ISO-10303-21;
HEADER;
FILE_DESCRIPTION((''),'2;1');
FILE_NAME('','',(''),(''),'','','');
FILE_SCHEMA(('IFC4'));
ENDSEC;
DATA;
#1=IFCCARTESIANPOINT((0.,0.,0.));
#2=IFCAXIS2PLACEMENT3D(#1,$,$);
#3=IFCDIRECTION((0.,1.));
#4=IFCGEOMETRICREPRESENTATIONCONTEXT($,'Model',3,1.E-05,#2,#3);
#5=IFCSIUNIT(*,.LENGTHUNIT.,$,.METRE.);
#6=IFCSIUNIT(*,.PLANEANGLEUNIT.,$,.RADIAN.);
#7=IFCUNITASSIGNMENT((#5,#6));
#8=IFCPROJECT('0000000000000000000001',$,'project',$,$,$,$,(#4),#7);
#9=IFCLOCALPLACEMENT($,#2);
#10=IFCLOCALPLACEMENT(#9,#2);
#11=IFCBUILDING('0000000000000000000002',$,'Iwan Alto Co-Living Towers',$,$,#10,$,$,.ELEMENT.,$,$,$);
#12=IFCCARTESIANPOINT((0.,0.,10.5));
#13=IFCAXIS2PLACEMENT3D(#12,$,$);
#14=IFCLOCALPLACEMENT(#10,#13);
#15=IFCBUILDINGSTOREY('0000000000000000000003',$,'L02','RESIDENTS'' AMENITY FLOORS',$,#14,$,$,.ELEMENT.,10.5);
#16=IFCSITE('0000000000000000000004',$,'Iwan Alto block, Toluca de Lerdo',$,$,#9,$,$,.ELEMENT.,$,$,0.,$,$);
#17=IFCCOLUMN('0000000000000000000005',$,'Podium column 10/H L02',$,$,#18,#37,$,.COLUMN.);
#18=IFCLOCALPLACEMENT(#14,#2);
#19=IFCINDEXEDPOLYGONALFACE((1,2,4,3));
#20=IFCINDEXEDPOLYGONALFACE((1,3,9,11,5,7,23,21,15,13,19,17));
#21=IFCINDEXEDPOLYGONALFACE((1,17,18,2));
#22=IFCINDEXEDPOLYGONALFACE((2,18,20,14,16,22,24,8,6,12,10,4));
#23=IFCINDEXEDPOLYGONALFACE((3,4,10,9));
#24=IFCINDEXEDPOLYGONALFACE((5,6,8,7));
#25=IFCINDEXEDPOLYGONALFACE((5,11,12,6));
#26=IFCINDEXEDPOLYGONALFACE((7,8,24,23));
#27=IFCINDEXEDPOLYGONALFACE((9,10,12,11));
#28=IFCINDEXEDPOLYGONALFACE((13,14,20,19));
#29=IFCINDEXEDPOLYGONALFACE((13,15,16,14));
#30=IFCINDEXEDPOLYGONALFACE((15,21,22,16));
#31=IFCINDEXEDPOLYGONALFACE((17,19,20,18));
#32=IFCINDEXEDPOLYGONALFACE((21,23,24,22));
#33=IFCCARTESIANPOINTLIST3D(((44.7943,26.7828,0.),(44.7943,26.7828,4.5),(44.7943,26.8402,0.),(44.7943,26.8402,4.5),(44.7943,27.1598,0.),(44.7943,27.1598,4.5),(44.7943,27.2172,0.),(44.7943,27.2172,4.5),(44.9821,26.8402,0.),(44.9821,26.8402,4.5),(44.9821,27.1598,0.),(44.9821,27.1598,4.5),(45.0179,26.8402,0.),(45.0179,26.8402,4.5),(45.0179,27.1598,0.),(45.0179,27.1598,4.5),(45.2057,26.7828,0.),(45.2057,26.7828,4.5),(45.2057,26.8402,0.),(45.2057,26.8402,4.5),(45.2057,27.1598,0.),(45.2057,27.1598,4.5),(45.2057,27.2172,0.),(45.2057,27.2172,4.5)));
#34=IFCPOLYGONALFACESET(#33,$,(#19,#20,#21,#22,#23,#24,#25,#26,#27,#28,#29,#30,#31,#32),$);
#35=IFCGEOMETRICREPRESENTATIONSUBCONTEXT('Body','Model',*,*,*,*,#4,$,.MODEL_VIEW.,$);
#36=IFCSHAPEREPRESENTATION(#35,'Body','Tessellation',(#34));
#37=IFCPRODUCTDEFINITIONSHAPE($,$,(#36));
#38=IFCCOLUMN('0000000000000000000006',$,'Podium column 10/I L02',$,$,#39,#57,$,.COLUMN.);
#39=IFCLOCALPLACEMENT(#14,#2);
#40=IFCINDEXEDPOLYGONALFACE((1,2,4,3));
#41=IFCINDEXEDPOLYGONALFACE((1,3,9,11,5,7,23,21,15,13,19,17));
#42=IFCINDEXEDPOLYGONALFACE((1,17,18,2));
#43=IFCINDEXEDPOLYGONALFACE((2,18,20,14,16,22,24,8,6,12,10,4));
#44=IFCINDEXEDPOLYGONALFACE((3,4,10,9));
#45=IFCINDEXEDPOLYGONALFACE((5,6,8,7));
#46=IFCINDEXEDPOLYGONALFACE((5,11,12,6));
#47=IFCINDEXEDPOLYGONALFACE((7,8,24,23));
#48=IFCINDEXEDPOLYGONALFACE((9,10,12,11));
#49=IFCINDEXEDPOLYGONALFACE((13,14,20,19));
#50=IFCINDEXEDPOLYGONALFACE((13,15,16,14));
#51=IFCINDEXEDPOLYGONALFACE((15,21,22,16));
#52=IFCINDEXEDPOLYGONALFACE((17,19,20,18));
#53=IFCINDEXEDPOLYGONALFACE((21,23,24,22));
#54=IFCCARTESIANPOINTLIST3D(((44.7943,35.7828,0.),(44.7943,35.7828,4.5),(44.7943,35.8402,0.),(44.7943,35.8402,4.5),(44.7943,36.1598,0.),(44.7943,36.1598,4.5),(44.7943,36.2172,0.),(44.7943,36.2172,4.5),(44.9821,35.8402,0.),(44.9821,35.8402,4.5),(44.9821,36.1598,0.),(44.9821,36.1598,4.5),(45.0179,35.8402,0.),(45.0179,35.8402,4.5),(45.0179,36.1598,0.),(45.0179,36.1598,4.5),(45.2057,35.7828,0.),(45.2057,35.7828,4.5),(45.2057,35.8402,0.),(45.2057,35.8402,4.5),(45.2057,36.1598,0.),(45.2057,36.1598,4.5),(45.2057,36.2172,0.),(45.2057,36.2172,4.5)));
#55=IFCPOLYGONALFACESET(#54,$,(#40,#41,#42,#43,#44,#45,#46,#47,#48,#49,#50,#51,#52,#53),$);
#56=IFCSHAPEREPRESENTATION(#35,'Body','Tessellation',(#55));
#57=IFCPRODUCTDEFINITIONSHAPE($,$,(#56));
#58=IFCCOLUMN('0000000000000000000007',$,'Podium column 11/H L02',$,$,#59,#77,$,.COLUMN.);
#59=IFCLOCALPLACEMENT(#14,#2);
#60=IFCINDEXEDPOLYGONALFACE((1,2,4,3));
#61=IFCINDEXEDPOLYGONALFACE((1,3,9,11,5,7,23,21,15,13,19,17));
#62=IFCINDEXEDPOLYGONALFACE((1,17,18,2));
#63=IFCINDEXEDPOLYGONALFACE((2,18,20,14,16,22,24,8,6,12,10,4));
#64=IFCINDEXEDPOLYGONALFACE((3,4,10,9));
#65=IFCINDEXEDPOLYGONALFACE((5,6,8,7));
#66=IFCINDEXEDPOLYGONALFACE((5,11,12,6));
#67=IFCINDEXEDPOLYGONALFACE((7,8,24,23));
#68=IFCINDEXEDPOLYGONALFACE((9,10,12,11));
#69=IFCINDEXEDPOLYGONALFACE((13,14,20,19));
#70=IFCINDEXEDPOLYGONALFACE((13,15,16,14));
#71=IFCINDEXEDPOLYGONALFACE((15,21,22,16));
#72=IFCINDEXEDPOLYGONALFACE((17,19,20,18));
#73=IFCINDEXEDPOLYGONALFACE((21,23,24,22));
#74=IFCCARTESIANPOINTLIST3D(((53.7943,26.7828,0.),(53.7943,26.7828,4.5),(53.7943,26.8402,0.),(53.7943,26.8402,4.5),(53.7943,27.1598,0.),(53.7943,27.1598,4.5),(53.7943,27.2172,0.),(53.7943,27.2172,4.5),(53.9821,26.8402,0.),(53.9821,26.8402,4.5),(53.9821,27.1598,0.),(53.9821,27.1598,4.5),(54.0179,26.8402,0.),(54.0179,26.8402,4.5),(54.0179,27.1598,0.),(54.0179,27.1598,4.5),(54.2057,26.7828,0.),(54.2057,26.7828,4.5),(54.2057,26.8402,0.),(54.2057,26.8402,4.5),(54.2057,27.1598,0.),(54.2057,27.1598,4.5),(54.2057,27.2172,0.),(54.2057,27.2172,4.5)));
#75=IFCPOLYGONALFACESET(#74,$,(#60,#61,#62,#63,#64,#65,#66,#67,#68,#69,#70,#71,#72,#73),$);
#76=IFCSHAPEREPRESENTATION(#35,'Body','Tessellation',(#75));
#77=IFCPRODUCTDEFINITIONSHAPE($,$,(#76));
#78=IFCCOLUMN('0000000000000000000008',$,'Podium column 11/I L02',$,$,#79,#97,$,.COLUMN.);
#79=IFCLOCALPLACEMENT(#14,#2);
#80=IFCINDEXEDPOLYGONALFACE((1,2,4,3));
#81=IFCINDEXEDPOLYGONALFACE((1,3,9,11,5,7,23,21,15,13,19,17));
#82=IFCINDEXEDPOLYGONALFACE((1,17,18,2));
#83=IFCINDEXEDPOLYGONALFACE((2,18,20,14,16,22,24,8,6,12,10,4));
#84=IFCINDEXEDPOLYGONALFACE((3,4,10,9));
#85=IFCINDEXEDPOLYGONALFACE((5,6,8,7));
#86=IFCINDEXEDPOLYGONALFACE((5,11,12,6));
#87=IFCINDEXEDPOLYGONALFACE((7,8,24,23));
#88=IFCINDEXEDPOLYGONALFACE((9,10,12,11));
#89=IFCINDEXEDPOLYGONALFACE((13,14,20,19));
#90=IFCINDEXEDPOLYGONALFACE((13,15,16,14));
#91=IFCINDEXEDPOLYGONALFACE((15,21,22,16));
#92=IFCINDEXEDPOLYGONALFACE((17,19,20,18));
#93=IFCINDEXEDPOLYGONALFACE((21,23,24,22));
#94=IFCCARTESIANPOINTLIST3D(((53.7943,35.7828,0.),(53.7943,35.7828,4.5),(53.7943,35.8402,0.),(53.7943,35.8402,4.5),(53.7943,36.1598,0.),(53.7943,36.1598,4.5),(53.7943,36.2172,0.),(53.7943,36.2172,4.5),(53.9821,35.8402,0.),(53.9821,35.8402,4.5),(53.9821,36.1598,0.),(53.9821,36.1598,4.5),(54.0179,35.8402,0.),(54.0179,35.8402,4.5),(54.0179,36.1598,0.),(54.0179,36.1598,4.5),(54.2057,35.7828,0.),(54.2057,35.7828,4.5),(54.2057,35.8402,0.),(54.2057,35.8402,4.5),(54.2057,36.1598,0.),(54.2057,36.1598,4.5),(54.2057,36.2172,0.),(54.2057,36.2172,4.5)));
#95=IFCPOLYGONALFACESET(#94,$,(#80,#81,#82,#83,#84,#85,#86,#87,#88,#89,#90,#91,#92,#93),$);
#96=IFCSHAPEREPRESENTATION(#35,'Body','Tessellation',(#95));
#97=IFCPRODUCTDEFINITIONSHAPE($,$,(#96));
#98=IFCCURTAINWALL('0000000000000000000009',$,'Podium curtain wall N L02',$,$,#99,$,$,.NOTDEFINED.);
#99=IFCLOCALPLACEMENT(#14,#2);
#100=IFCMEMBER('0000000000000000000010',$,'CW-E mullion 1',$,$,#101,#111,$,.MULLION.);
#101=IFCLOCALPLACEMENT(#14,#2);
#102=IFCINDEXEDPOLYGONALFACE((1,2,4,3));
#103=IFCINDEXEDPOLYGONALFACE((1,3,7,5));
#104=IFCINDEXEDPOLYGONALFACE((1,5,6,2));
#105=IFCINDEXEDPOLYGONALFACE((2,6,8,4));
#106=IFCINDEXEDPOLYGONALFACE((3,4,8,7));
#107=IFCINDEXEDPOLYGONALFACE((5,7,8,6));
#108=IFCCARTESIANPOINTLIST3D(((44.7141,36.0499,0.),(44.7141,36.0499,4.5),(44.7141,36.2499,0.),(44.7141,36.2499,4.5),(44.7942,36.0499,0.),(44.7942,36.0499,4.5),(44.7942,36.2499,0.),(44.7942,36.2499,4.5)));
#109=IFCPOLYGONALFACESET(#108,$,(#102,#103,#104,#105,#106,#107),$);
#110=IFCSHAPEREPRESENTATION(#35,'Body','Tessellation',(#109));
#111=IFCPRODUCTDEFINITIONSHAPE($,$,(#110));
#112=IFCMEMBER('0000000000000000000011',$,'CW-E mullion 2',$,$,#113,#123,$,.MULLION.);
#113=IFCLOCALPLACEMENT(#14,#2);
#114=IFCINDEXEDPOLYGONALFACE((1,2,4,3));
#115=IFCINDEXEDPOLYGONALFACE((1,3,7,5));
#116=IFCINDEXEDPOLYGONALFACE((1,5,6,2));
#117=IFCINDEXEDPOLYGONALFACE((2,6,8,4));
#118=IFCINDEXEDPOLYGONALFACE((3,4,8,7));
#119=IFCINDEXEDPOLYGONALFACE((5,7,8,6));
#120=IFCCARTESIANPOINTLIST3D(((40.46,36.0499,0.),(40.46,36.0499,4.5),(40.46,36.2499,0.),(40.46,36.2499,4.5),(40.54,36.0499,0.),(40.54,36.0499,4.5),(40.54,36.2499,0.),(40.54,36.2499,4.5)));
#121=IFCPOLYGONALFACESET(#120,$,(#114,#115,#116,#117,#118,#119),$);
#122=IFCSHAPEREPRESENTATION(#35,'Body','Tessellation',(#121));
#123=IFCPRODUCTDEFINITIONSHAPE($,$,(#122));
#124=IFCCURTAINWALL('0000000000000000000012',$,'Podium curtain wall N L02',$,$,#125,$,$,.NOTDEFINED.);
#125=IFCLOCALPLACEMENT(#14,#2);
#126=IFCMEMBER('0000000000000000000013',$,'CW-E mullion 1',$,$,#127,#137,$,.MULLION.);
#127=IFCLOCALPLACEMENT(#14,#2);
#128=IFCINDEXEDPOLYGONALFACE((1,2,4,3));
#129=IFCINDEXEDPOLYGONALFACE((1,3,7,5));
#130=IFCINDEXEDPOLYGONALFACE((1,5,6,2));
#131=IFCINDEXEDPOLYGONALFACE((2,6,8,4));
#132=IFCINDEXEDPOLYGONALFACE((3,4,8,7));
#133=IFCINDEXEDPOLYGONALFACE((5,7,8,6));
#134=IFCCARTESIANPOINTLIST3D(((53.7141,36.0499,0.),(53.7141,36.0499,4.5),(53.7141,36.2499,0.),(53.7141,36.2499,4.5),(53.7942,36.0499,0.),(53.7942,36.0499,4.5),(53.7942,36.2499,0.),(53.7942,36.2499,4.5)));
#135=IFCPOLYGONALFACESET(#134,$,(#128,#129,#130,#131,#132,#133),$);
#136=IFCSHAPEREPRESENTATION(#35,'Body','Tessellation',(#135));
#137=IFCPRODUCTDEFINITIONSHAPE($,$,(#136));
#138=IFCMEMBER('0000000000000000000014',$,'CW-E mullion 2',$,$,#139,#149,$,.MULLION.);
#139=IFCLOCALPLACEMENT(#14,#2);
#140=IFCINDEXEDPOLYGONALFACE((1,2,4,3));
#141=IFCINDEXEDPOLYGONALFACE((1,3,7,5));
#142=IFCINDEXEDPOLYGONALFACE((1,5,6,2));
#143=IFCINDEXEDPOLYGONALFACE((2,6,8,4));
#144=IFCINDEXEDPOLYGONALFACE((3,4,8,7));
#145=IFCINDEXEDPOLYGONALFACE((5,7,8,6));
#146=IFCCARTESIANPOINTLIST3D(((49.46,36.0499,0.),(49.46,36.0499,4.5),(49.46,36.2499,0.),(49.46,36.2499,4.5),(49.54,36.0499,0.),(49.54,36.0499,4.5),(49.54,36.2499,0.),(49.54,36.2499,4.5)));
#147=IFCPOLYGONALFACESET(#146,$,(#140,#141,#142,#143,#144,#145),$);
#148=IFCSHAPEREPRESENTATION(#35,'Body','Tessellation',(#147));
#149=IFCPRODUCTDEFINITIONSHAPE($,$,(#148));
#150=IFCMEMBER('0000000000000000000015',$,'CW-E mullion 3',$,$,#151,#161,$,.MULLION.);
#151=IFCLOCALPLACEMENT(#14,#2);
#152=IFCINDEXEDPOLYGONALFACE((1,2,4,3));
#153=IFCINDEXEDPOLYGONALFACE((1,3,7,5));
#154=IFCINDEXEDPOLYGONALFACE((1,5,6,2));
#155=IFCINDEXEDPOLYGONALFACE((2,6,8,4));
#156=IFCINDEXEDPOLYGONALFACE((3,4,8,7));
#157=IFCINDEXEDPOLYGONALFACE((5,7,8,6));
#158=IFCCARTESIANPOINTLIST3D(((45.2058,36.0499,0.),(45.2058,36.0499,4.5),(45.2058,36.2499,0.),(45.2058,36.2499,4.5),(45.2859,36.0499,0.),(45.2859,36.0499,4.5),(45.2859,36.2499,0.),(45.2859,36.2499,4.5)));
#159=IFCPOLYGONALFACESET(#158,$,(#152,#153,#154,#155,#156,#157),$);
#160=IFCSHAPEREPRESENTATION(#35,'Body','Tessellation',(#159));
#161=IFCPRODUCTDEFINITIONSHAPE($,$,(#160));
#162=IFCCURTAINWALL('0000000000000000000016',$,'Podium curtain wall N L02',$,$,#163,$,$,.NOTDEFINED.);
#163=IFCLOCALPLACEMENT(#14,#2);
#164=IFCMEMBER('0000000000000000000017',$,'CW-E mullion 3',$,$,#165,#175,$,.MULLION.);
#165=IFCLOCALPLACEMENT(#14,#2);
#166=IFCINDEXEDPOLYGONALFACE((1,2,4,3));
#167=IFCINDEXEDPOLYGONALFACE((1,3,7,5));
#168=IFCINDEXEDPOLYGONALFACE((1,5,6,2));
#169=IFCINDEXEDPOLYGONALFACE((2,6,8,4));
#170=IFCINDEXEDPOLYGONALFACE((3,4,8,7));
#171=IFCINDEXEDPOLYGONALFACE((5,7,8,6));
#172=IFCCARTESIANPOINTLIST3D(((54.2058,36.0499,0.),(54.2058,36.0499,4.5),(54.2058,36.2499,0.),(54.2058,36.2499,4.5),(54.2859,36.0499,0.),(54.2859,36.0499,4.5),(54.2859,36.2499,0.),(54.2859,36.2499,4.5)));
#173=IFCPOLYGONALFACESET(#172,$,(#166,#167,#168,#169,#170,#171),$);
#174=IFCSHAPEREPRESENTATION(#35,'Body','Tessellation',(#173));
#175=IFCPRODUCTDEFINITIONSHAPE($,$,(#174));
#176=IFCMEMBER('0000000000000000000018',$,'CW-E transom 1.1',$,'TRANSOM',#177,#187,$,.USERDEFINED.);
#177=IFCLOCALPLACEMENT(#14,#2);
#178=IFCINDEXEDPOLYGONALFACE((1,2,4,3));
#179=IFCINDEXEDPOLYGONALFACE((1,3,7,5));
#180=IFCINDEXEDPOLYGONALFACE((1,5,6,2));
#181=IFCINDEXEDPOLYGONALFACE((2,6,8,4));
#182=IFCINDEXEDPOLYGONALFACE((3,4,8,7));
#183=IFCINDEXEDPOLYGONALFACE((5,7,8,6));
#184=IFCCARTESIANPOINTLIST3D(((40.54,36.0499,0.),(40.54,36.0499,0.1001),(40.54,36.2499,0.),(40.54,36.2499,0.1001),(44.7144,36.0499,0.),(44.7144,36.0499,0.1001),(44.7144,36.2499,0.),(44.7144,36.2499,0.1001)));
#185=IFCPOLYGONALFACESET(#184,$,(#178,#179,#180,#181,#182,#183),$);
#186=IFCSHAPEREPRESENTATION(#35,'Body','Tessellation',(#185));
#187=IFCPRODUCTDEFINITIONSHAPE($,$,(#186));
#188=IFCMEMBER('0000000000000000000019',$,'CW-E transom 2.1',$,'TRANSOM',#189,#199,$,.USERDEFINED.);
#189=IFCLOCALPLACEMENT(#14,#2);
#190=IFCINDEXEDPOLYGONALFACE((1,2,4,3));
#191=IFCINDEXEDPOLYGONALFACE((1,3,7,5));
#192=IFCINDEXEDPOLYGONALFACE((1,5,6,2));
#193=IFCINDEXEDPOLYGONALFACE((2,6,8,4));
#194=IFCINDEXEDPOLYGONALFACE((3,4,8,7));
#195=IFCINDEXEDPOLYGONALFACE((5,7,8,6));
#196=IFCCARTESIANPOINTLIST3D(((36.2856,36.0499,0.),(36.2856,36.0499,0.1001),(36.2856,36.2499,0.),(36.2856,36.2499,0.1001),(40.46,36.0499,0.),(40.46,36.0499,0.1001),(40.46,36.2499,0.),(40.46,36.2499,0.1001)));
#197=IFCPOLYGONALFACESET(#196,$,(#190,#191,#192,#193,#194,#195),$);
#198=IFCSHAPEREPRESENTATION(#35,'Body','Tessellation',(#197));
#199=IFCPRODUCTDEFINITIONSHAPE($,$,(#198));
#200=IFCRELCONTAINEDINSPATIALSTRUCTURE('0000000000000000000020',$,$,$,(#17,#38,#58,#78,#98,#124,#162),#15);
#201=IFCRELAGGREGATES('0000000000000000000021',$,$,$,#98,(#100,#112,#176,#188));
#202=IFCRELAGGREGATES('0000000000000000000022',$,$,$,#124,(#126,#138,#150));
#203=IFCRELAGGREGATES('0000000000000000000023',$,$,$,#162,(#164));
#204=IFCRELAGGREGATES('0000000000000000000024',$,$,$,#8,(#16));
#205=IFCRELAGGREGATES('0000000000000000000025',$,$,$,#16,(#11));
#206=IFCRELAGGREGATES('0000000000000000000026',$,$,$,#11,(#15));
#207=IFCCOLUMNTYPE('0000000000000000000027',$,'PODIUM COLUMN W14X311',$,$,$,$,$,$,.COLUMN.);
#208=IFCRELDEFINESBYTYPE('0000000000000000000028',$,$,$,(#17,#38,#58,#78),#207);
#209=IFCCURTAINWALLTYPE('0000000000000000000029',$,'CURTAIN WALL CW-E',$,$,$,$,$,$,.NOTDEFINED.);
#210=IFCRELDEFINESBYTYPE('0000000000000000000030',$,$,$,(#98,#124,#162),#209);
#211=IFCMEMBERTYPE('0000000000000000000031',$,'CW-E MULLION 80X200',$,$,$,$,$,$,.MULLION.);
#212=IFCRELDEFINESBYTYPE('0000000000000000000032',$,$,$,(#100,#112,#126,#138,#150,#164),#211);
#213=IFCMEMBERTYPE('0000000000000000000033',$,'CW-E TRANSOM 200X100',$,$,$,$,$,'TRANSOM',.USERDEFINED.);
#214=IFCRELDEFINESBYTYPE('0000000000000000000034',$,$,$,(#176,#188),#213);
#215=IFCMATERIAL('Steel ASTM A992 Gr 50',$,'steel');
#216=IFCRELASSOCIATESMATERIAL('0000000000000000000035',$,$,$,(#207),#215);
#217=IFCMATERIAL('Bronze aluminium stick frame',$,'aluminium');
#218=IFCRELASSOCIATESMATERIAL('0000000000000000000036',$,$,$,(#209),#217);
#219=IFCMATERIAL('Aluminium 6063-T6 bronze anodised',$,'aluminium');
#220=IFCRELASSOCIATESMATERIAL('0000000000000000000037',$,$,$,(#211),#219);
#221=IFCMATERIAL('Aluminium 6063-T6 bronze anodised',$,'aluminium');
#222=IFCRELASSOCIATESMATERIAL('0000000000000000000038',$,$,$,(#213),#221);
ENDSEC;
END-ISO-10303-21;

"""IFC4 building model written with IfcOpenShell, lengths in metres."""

from ifc_helpers import new_model, si_unit, direction, frame, origin, origin_2d, place, context, subcontext, project, spatial, rectangle, i_section, extrude, material, material_profile, profile_set, type_object, element, aggregate, save


model = new_model("IFC4")

# Units and contexts
model_context = context("Model", 3, precision=1e-05, world=origin(), true_north=direction((0.0, 1.0)))
body_context = subcontext(model_context, "Body", "Model", "MODEL_VIEW")
ifc_project = project(units=[si_unit("LENGTHUNIT", "METRE"), si_unit("PLANEANGLEUNIT", "RADIAN")], contexts=[model_context])

# Site, building, storey
site_placement = place(None, origin())
site = spatial("IfcSite", under=ifc_project, at=site_placement, Name="Iwan Alto block, Toluca de Lerdo", CompositionType="ELEMENT", RefElevation=0.0)
building_placement = place(site_placement, origin())
building = spatial("IfcBuilding", under=site, at=building_placement, Name="Iwan Alto Co-Living Towers", CompositionType="ELEMENT")
storey_placement = place(building_placement, frame((0.0, 0.0, 10.5)))
storey = spatial("IfcBuildingStorey", under=building, at=storey_placement, Name="L02", Description="RESIDENTS' AMENITY FLOORS", CompositionType="ELEMENT", Elevation=10.5)

# Columns
ifc_material_1 = material(Name="Steel ASTM A992 Gr 50", Category="steel")
ifc_material_profile_1 = material_profile(ifc_material_1, i_section(OverallWidth=0.4114, OverallDepth=0.4343, WebThickness=0.0359, FlangeThickness=0.0574, at=origin_2d()), Name="W14X311")
ifc_profile_set_1 = profile_set([ifc_material_profile_1], Name="Steel ASTM A992 Gr 50")
column_type = type_object("IfcColumnType", Name="PODIUM COLUMN W14X311", PredefinedType="COLUMN", material=ifc_profile_set_1)
for number, where, z_axis, x_axis, name in (
    (1, (45.0, 27.0, 0.0), (0.0, 0.0, 1.0), (1.0, 0.0, 0.0), "Podium column 10/H L02"),
    (2, (45.0, 36.0, 0.0), (0.0, 0.0, 1.0), (1.0, 0.0, 0.0), "Podium column 10/I L02"),
    (3, (54.0, 27.0, 0.0), (0.0, 0.0, 1.0), (1.0, 0.0, 0.0), "Podium column 11/H L02"),
    (4, (54.0, 36.0, 0.0), (0.0, 0.0, 1.0), (1.0, 0.0, 0.0), "Podium column 11/I L02"),
):
    element("IfcColumn", number, at=place(storey_placement, frame(where, z_axis=z_axis, x_axis=x_axis)), inside=storey, type_object=column_type, Name=name, PredefinedType="COLUMN", context=body_context, shape_type="SweptSolid", body=[
        extrude(i_section(OverallWidth=0.4114, OverallDepth=0.4343, WebThickness=0.0359, FlangeThickness=0.0574, at=origin_2d()), origin(), (0.0, 0.0, 1.0), 4.5),
    ])

# Curtain walls, members
ifc_material_2 = material(Name="Bronze aluminium stick frame", Category="aluminium")
curtain_wall_type = type_object("IfcCurtainWallType", Name="CURTAIN WALL CW-E", PredefinedType="NOTDEFINED", material=ifc_material_2)
curtain_wall_1_placement = place(storey_placement, origin())
curtain_wall_1 = element("IfcCurtainWall", 5, at=curtain_wall_1_placement, inside=storey, type_object=curtain_wall_type, Name="Podium curtain wall N L02", PredefinedType="NOTDEFINED")
ifc_material_3 = material(Name="Aluminium 6063-T6 bronze anodised", Category="aluminium")
ifc_material_profile_2 = material_profile(ifc_material_3, rectangle(XDim=0.2, YDim=0.0801, at=origin_2d()), Name="AL 80X200")
ifc_profile_set_2 = profile_set([ifc_material_profile_2], Name="Aluminium 6063-T6 bronze anodised")
member_type_1 = type_object("IfcMemberType", Name="CW-E MULLION 80X200", PredefinedType="MULLION", material=ifc_profile_set_2)
member_1_placement = place(storey_placement, frame((44.7542, 36.1499, 0.0), z_axis=(0.0, 0.0, 1.0), x_axis=(0.0, -1.0, 0.0)))
member_1 = element("IfcMember", 6, at=member_1_placement, type_object=member_type_1, Name="CW-E mullion 1", PredefinedType="MULLION", context=body_context, shape_type="SweptSolid", body=[
    extrude(rectangle(XDim=0.2, YDim=0.0801, at=origin_2d()), origin(), (0.0, 0.0, 1.0), 4.5),
])
member_2_placement = place(storey_placement, frame((40.5, 36.1499, 0.0), z_axis=(0.0, 0.0, 1.0), x_axis=(0.0, -1.0, 0.0)))
member_2 = element("IfcMember", 7, at=member_2_placement, type_object=member_type_1, Name="CW-E mullion 2", PredefinedType="MULLION", context=body_context, shape_type="SweptSolid", body=[
    extrude(rectangle(XDim=0.2, YDim=0.0801, at=origin_2d()), origin(), (0.0, 0.0, 1.0), 4.5),
])
curtain_wall_2_placement = place(storey_placement, origin())
curtain_wall_2 = element("IfcCurtainWall", 8, at=curtain_wall_2_placement, inside=storey, type_object=curtain_wall_type, Name="Podium curtain wall N L02", PredefinedType="NOTDEFINED")
member_3_placement = place(storey_placement, frame((53.7542, 36.1499, 0.0), z_axis=(0.0, 0.0, 1.0), x_axis=(0.0, -1.0, 0.0)))
member_3 = element("IfcMember", 9, at=member_3_placement, type_object=member_type_1, Name="CW-E mullion 1", PredefinedType="MULLION", context=body_context, shape_type="SweptSolid", body=[
    extrude(rectangle(XDim=0.2, YDim=0.0801, at=origin_2d()), origin(), (0.0, 0.0, 1.0), 4.5),
])
member_4_placement = place(storey_placement, frame((49.5, 36.1499, 0.0), z_axis=(0.0, 0.0, 1.0), x_axis=(0.0, -1.0, 0.0)))
member_4 = element("IfcMember", 10, at=member_4_placement, type_object=member_type_1, Name="CW-E mullion 2", PredefinedType="MULLION", context=body_context, shape_type="SweptSolid", body=[
    extrude(rectangle(XDim=0.2, YDim=0.0801, at=origin_2d()), origin(), (0.0, 0.0, 1.0), 4.5),
])
member_5_placement = place(storey_placement, frame((45.2458, 36.1499, 0.0), z_axis=(0.0, 0.0, 1.0), x_axis=(0.0, -1.0, 0.0)))
member_5 = element("IfcMember", 11, at=member_5_placement, type_object=member_type_1, Name="CW-E mullion 3", PredefinedType="MULLION", context=body_context, shape_type="SweptSolid", body=[
    extrude(rectangle(XDim=0.2, YDim=0.0801, at=origin_2d()), origin(), (0.0, 0.0, 1.0), 4.5),
])

# Curtain wall, member
curtain_wall_3_placement = place(storey_placement, origin())
curtain_wall_3 = element("IfcCurtainWall", 12, at=curtain_wall_3_placement, inside=storey, type_object=curtain_wall_type, Name="Podium curtain wall N L02", PredefinedType="NOTDEFINED")
member_6_placement = place(storey_placement, frame((54.2458, 36.1499, 0.0), z_axis=(0.0, 0.0, 1.0), x_axis=(0.0, -1.0, 0.0)))
member_6 = element("IfcMember", 13, at=member_6_placement, type_object=member_type_1, Name="CW-E mullion 3", PredefinedType="MULLION", context=body_context, shape_type="SweptSolid", body=[
    extrude(rectangle(XDim=0.2, YDim=0.0801, at=origin_2d()), origin(), (0.0, 0.0, 1.0), 4.5),
])

# Members
ifc_material_4 = material(Name="Aluminium 6063-T6 bronze anodised", Category="aluminium")
ifc_material_profile_3 = material_profile(ifc_material_4, rectangle(XDim=0.2, YDim=0.1001, at=origin_2d()), Name="AL 200X100")
ifc_profile_set_3 = profile_set([ifc_material_profile_3], Name="Aluminium 6063-T6 bronze anodised")
member_type_2 = type_object("IfcMemberType", Name="CW-E TRANSOM 200X100", ElementType="TRANSOM", PredefinedType="USERDEFINED", material=ifc_profile_set_3)
member_7_placement = place(storey_placement, frame((44.7144, 36.1499, 0.05), z_axis=(-1.0, 0.0, 0.0), x_axis=(0.0, -1.0, 0.0)))
member_7 = element("IfcMember", 14, at=member_7_placement, type_object=member_type_2, Name="CW-E transom 1.1", ObjectType="TRANSOM", PredefinedType="USERDEFINED", context=body_context, shape_type="SweptSolid", body=[
    extrude(rectangle(XDim=0.2, YDim=0.1001, at=origin_2d()), origin(), (0.0, 0.0, 1.0), 4.1743),
])
member_8_placement = place(storey_placement, frame((40.46, 36.1499, 0.05), z_axis=(-1.0, 0.0, 0.0), x_axis=(0.0, -1.0, 0.0)))
member_8 = element("IfcMember", 15, at=member_8_placement, type_object=member_type_2, Name="CW-E transom 2.1", ObjectType="TRANSOM", PredefinedType="USERDEFINED", context=body_context, shape_type="SweptSolid", body=[
    extrude(rectangle(XDim=0.2, YDim=0.1001, at=origin_2d()), origin(), (0.0, 0.0, 1.0), 4.1743),
])

aggregate(curtain_wall_1, [member_1, member_2, member_7, member_8])
aggregate(curtain_wall_2, [member_3, member_4, member_5])
aggregate(curtain_wall_3, [member_6])

save(model, "model.ifc")
